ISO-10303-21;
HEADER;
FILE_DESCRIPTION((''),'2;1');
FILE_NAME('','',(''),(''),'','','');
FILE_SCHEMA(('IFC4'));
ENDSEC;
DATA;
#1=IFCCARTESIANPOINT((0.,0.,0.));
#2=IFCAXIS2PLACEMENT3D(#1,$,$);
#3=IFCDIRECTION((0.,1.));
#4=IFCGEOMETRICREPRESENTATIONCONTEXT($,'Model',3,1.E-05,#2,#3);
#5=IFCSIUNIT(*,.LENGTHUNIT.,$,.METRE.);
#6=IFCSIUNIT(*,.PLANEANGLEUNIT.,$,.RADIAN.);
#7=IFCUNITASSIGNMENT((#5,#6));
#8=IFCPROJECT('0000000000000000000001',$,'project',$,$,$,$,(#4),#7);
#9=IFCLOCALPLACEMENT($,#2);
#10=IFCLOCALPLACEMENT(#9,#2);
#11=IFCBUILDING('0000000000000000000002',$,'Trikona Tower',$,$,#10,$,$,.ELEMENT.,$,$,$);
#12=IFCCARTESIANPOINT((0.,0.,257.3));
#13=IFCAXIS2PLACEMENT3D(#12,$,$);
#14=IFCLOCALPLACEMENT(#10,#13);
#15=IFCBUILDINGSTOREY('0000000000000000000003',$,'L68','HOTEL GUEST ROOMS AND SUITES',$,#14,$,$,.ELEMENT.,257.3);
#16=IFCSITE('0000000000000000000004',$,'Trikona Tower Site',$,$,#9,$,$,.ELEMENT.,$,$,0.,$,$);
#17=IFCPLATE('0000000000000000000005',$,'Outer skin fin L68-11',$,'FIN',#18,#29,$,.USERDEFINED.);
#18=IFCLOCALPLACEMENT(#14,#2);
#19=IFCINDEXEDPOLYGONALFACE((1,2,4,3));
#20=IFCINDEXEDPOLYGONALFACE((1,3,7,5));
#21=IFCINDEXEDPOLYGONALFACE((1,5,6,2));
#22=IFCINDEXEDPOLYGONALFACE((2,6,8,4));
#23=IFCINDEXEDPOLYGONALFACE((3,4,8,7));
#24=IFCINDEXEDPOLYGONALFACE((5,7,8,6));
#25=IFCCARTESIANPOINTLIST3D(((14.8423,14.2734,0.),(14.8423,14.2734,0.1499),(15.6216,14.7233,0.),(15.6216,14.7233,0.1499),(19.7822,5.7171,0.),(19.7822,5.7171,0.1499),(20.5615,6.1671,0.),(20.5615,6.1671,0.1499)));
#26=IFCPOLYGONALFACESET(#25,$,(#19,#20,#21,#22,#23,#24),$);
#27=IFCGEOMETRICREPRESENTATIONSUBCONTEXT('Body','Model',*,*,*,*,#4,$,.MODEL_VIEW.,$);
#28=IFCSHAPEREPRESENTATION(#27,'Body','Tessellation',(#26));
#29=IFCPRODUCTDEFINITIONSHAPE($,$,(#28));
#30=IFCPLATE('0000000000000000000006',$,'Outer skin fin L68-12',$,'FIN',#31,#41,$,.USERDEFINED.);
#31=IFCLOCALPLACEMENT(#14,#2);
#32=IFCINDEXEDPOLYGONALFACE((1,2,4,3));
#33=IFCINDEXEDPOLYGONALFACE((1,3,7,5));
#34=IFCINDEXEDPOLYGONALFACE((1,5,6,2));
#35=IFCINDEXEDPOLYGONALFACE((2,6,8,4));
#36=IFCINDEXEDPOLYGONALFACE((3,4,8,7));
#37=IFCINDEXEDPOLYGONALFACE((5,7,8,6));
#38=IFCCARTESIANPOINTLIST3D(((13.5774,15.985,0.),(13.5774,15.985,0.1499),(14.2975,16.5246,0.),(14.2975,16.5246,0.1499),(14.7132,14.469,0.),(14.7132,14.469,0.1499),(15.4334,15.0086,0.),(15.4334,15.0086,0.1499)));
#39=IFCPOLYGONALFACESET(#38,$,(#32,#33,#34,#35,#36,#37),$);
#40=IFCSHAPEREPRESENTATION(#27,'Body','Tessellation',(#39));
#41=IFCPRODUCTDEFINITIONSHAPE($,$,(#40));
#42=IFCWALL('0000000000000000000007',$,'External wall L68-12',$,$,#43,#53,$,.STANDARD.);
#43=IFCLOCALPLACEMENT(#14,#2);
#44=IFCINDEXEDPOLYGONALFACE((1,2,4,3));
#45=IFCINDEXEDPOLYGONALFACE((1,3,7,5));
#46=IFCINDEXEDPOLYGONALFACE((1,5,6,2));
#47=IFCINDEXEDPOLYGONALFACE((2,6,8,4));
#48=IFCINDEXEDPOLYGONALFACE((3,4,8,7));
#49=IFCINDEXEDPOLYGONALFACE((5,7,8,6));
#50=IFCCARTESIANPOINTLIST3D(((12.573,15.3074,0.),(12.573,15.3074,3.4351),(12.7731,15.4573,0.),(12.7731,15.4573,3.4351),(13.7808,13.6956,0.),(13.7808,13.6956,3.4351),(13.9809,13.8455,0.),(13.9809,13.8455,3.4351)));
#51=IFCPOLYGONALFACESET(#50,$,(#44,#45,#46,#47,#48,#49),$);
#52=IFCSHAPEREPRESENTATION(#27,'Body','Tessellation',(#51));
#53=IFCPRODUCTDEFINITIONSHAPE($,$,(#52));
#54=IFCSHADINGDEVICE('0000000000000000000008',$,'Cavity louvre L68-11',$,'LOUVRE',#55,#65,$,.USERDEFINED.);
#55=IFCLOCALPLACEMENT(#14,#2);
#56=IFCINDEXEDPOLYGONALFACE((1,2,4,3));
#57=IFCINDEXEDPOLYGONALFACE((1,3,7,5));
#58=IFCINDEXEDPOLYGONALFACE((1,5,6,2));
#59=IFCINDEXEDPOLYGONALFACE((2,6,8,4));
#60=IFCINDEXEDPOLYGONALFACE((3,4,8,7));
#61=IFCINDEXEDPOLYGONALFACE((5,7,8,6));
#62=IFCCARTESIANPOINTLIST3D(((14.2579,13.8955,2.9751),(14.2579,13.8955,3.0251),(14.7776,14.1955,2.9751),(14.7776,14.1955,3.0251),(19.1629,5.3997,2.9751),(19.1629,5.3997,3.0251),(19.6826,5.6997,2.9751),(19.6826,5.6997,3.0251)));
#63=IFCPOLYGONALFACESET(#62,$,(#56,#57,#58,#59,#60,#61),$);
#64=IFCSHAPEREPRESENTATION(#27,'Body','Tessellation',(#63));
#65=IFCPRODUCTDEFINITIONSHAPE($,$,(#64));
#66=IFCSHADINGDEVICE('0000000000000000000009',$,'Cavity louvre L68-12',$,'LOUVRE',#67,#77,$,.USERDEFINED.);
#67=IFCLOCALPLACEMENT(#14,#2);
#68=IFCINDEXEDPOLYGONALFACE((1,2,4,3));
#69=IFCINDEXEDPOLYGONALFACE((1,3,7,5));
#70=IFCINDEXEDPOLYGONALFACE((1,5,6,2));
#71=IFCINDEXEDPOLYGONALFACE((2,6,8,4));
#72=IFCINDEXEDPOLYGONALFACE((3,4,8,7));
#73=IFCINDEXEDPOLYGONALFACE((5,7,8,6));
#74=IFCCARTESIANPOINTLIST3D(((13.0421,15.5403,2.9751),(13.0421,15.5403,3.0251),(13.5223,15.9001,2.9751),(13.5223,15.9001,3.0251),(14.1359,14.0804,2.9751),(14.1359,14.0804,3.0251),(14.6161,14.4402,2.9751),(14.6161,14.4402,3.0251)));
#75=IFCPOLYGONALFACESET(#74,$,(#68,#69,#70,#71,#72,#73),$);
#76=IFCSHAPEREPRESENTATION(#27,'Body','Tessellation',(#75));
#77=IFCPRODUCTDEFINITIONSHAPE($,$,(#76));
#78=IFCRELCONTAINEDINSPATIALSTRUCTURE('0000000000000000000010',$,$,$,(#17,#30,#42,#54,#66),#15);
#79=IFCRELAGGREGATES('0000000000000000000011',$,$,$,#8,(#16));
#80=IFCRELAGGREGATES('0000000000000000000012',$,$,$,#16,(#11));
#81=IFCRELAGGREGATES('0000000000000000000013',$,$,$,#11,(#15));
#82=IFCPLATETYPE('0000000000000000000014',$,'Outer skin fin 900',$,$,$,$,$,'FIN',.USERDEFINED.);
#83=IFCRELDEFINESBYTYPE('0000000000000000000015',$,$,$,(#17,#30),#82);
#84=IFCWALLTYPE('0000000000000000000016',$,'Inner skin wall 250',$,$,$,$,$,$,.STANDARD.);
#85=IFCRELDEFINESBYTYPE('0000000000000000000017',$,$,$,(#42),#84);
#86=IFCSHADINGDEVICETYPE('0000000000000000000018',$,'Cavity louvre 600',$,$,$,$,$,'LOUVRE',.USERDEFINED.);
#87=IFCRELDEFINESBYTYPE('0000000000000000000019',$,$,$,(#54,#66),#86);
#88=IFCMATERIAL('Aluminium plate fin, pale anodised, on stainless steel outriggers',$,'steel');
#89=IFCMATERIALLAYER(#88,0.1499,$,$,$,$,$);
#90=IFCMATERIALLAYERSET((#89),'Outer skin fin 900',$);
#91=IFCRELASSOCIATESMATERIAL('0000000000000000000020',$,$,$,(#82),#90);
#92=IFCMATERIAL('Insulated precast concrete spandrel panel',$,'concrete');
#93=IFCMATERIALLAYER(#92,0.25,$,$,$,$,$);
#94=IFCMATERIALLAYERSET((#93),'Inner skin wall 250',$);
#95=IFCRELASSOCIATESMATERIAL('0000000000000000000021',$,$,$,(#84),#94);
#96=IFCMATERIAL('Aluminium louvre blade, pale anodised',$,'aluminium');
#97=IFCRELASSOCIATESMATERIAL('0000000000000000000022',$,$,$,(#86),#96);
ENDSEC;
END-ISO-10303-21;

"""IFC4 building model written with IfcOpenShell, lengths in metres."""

from ifc_helpers import new_model, si_unit, direction, frame, frame_2d, origin, origin_2d, place, context, subcontext, project, spatial, rectangle, extrude, material, layer, layer_set, type_object, element, save


model = new_model("IFC4")

# Units and contexts
model_context = context("Model", 3, precision=1e-05, world=origin(), true_north=direction((0.0, 1.0)))
body_context = subcontext(model_context, "Body", "Model", "MODEL_VIEW")
ifc_project = project(units=[si_unit("LENGTHUNIT", "METRE"), si_unit("PLANEANGLEUNIT", "RADIAN")], contexts=[model_context])

# Site, building, storey
site_placement = place(None, origin())
site = spatial("IfcSite", under=ifc_project, at=site_placement, Name="Trikona Tower Site", CompositionType="ELEMENT", RefElevation=0.0)
building_placement = place(site_placement, origin())
building = spatial("IfcBuilding", under=site, at=building_placement, Name="Trikona Tower", CompositionType="ELEMENT")
storey_placement = place(building_placement, frame((0.0, 0.0, 257.3)))
storey = spatial("IfcBuildingStorey", under=building, at=storey_placement, Name="L68", Description="HOTEL GUEST ROOMS AND SUITES", CompositionType="ELEMENT", Elevation=257.3)

# Plates
ifc_material_1 = material(Name="Aluminium plate fin, pale anodised, on stainless steel outriggers", Category="steel")
ifc_layer_1 = layer(ifc_material_1, 0.1499)
ifc_layer_set_1 = layer_set([ifc_layer_1], Name="Outer skin fin 900")
plate_type_1 = type_object("IfcPlateType", Name="Outer skin fin 900", ElementType="FIN", PredefinedType="USERDEFINED", material=ifc_layer_set_1)
plate_1_placement = place(storey_placement, frame((17.7019, 10.2202, 0.0), z_axis=(0.0, 0.0, 1.0), x_axis=(-0.499998, 0.866026, 0.0)))
element("IfcPlate", 1, at=plate_1_placement, inside=storey, type_object=plate_type_1, Name="Outer skin fin L68-11", ObjectType="FIN", PredefinedType="USERDEFINED", context=body_context, shape_type="SweptSolid", body=[
    extrude(rectangle(XDim=9.8799, YDim=0.8999, at=origin_2d()), origin(), (0.0, 0.0, 1.0), 0.1499),
])
plate_2_placement = place(storey_placement, frame((14.5054, 15.4968, 0.0), z_axis=(0.0, 0.0, 1.0), x_axis=(-0.599619, 0.800286, 0.0)))
element("IfcPlate", 2, at=plate_2_placement, inside=storey, type_object=plate_type_1, Name="Outer skin fin L68-12", ObjectType="FIN", PredefinedType="USERDEFINED", context=body_context, shape_type="SweptSolid", body=[
    extrude(rectangle(XDim=1.8943, YDim=0.8999, at=origin_2d()), origin(), (0.0, 0.0, 1.0), 0.1499),
])

# Wall
ifc_material_2 = material(Name="Insulated precast concrete spandrel panel", Category="concrete")
ifc_layer_2 = layer(ifc_material_2, 0.25)
ifc_layer_set_2 = layer_set([ifc_layer_2], Name="Inner skin wall 250")
wall_type = type_object("IfcWallType", Name="Inner skin wall 250", PredefinedType="STANDARD", material=ifc_layer_set_2)
wall_placement = place(storey_placement, frame((13.8809, 13.7705, 0.0), z_axis=(0.0, 0.0, 1.0), x_axis=(-0.599651, 0.800262, 0.0)))
element("IfcWall", 3, at=wall_placement, inside=storey, type_object=wall_type, Name="External wall L68-12", PredefinedType="STANDARD", context=body_context, shape_type="SweptSolid", body=[
    extrude(rectangle(XDim=2.0142, YDim=0.25, at=frame_2d((1.0071, 0.0))), origin(), (0.0, 0.0, 1.0), 3.4351),
])

# Shading devices
ifc_material_3 = material(Name="Aluminium louvre blade, pale anodised", Category="aluminium")
shading_device_type = type_object("IfcShadingDeviceType", Name="Cavity louvre 600", ElementType="LOUVRE", PredefinedType="USERDEFINED", material=ifc_material_3)
shading_device_1_placement = place(storey_placement, frame((16.9702, 9.7976, 2.9751), z_axis=(0.0, 0.0, 1.0), x_axis=(-0.499998, 0.866026, 0.0)))
element("IfcShadingDevice", 4, at=shading_device_1_placement, inside=storey, type_object=shading_device_type, Name="Cavity louvre L68-11", ObjectType="LOUVRE", PredefinedType="USERDEFINED", context=body_context, shape_type="SweptSolid", body=[
    extrude(rectangle(XDim=9.8101, YDim=0.6001, at=origin_2d()), origin(), (0.0, 0.0, 1.0), 0.05),
])
shading_device_2_placement = place(storey_placement, frame((13.8291, 14.9902, 2.9751), z_axis=(0.0, 0.0, 1.0), x_axis=(-0.599619, 0.800286, 0.0)))
element("IfcShadingDevice", 5, at=shading_device_2_placement, inside=storey, type_object=shading_device_type, Name="Cavity louvre L68-12", ObjectType="LOUVRE", PredefinedType="USERDEFINED", context=body_context, shape_type="SweptSolid", body=[
    extrude(rectangle(XDim=1.8242, YDim=0.6001, at=origin_2d()), origin(), (0.0, 0.0, 1.0), 0.05),
])

save(model, "model.ifc")
